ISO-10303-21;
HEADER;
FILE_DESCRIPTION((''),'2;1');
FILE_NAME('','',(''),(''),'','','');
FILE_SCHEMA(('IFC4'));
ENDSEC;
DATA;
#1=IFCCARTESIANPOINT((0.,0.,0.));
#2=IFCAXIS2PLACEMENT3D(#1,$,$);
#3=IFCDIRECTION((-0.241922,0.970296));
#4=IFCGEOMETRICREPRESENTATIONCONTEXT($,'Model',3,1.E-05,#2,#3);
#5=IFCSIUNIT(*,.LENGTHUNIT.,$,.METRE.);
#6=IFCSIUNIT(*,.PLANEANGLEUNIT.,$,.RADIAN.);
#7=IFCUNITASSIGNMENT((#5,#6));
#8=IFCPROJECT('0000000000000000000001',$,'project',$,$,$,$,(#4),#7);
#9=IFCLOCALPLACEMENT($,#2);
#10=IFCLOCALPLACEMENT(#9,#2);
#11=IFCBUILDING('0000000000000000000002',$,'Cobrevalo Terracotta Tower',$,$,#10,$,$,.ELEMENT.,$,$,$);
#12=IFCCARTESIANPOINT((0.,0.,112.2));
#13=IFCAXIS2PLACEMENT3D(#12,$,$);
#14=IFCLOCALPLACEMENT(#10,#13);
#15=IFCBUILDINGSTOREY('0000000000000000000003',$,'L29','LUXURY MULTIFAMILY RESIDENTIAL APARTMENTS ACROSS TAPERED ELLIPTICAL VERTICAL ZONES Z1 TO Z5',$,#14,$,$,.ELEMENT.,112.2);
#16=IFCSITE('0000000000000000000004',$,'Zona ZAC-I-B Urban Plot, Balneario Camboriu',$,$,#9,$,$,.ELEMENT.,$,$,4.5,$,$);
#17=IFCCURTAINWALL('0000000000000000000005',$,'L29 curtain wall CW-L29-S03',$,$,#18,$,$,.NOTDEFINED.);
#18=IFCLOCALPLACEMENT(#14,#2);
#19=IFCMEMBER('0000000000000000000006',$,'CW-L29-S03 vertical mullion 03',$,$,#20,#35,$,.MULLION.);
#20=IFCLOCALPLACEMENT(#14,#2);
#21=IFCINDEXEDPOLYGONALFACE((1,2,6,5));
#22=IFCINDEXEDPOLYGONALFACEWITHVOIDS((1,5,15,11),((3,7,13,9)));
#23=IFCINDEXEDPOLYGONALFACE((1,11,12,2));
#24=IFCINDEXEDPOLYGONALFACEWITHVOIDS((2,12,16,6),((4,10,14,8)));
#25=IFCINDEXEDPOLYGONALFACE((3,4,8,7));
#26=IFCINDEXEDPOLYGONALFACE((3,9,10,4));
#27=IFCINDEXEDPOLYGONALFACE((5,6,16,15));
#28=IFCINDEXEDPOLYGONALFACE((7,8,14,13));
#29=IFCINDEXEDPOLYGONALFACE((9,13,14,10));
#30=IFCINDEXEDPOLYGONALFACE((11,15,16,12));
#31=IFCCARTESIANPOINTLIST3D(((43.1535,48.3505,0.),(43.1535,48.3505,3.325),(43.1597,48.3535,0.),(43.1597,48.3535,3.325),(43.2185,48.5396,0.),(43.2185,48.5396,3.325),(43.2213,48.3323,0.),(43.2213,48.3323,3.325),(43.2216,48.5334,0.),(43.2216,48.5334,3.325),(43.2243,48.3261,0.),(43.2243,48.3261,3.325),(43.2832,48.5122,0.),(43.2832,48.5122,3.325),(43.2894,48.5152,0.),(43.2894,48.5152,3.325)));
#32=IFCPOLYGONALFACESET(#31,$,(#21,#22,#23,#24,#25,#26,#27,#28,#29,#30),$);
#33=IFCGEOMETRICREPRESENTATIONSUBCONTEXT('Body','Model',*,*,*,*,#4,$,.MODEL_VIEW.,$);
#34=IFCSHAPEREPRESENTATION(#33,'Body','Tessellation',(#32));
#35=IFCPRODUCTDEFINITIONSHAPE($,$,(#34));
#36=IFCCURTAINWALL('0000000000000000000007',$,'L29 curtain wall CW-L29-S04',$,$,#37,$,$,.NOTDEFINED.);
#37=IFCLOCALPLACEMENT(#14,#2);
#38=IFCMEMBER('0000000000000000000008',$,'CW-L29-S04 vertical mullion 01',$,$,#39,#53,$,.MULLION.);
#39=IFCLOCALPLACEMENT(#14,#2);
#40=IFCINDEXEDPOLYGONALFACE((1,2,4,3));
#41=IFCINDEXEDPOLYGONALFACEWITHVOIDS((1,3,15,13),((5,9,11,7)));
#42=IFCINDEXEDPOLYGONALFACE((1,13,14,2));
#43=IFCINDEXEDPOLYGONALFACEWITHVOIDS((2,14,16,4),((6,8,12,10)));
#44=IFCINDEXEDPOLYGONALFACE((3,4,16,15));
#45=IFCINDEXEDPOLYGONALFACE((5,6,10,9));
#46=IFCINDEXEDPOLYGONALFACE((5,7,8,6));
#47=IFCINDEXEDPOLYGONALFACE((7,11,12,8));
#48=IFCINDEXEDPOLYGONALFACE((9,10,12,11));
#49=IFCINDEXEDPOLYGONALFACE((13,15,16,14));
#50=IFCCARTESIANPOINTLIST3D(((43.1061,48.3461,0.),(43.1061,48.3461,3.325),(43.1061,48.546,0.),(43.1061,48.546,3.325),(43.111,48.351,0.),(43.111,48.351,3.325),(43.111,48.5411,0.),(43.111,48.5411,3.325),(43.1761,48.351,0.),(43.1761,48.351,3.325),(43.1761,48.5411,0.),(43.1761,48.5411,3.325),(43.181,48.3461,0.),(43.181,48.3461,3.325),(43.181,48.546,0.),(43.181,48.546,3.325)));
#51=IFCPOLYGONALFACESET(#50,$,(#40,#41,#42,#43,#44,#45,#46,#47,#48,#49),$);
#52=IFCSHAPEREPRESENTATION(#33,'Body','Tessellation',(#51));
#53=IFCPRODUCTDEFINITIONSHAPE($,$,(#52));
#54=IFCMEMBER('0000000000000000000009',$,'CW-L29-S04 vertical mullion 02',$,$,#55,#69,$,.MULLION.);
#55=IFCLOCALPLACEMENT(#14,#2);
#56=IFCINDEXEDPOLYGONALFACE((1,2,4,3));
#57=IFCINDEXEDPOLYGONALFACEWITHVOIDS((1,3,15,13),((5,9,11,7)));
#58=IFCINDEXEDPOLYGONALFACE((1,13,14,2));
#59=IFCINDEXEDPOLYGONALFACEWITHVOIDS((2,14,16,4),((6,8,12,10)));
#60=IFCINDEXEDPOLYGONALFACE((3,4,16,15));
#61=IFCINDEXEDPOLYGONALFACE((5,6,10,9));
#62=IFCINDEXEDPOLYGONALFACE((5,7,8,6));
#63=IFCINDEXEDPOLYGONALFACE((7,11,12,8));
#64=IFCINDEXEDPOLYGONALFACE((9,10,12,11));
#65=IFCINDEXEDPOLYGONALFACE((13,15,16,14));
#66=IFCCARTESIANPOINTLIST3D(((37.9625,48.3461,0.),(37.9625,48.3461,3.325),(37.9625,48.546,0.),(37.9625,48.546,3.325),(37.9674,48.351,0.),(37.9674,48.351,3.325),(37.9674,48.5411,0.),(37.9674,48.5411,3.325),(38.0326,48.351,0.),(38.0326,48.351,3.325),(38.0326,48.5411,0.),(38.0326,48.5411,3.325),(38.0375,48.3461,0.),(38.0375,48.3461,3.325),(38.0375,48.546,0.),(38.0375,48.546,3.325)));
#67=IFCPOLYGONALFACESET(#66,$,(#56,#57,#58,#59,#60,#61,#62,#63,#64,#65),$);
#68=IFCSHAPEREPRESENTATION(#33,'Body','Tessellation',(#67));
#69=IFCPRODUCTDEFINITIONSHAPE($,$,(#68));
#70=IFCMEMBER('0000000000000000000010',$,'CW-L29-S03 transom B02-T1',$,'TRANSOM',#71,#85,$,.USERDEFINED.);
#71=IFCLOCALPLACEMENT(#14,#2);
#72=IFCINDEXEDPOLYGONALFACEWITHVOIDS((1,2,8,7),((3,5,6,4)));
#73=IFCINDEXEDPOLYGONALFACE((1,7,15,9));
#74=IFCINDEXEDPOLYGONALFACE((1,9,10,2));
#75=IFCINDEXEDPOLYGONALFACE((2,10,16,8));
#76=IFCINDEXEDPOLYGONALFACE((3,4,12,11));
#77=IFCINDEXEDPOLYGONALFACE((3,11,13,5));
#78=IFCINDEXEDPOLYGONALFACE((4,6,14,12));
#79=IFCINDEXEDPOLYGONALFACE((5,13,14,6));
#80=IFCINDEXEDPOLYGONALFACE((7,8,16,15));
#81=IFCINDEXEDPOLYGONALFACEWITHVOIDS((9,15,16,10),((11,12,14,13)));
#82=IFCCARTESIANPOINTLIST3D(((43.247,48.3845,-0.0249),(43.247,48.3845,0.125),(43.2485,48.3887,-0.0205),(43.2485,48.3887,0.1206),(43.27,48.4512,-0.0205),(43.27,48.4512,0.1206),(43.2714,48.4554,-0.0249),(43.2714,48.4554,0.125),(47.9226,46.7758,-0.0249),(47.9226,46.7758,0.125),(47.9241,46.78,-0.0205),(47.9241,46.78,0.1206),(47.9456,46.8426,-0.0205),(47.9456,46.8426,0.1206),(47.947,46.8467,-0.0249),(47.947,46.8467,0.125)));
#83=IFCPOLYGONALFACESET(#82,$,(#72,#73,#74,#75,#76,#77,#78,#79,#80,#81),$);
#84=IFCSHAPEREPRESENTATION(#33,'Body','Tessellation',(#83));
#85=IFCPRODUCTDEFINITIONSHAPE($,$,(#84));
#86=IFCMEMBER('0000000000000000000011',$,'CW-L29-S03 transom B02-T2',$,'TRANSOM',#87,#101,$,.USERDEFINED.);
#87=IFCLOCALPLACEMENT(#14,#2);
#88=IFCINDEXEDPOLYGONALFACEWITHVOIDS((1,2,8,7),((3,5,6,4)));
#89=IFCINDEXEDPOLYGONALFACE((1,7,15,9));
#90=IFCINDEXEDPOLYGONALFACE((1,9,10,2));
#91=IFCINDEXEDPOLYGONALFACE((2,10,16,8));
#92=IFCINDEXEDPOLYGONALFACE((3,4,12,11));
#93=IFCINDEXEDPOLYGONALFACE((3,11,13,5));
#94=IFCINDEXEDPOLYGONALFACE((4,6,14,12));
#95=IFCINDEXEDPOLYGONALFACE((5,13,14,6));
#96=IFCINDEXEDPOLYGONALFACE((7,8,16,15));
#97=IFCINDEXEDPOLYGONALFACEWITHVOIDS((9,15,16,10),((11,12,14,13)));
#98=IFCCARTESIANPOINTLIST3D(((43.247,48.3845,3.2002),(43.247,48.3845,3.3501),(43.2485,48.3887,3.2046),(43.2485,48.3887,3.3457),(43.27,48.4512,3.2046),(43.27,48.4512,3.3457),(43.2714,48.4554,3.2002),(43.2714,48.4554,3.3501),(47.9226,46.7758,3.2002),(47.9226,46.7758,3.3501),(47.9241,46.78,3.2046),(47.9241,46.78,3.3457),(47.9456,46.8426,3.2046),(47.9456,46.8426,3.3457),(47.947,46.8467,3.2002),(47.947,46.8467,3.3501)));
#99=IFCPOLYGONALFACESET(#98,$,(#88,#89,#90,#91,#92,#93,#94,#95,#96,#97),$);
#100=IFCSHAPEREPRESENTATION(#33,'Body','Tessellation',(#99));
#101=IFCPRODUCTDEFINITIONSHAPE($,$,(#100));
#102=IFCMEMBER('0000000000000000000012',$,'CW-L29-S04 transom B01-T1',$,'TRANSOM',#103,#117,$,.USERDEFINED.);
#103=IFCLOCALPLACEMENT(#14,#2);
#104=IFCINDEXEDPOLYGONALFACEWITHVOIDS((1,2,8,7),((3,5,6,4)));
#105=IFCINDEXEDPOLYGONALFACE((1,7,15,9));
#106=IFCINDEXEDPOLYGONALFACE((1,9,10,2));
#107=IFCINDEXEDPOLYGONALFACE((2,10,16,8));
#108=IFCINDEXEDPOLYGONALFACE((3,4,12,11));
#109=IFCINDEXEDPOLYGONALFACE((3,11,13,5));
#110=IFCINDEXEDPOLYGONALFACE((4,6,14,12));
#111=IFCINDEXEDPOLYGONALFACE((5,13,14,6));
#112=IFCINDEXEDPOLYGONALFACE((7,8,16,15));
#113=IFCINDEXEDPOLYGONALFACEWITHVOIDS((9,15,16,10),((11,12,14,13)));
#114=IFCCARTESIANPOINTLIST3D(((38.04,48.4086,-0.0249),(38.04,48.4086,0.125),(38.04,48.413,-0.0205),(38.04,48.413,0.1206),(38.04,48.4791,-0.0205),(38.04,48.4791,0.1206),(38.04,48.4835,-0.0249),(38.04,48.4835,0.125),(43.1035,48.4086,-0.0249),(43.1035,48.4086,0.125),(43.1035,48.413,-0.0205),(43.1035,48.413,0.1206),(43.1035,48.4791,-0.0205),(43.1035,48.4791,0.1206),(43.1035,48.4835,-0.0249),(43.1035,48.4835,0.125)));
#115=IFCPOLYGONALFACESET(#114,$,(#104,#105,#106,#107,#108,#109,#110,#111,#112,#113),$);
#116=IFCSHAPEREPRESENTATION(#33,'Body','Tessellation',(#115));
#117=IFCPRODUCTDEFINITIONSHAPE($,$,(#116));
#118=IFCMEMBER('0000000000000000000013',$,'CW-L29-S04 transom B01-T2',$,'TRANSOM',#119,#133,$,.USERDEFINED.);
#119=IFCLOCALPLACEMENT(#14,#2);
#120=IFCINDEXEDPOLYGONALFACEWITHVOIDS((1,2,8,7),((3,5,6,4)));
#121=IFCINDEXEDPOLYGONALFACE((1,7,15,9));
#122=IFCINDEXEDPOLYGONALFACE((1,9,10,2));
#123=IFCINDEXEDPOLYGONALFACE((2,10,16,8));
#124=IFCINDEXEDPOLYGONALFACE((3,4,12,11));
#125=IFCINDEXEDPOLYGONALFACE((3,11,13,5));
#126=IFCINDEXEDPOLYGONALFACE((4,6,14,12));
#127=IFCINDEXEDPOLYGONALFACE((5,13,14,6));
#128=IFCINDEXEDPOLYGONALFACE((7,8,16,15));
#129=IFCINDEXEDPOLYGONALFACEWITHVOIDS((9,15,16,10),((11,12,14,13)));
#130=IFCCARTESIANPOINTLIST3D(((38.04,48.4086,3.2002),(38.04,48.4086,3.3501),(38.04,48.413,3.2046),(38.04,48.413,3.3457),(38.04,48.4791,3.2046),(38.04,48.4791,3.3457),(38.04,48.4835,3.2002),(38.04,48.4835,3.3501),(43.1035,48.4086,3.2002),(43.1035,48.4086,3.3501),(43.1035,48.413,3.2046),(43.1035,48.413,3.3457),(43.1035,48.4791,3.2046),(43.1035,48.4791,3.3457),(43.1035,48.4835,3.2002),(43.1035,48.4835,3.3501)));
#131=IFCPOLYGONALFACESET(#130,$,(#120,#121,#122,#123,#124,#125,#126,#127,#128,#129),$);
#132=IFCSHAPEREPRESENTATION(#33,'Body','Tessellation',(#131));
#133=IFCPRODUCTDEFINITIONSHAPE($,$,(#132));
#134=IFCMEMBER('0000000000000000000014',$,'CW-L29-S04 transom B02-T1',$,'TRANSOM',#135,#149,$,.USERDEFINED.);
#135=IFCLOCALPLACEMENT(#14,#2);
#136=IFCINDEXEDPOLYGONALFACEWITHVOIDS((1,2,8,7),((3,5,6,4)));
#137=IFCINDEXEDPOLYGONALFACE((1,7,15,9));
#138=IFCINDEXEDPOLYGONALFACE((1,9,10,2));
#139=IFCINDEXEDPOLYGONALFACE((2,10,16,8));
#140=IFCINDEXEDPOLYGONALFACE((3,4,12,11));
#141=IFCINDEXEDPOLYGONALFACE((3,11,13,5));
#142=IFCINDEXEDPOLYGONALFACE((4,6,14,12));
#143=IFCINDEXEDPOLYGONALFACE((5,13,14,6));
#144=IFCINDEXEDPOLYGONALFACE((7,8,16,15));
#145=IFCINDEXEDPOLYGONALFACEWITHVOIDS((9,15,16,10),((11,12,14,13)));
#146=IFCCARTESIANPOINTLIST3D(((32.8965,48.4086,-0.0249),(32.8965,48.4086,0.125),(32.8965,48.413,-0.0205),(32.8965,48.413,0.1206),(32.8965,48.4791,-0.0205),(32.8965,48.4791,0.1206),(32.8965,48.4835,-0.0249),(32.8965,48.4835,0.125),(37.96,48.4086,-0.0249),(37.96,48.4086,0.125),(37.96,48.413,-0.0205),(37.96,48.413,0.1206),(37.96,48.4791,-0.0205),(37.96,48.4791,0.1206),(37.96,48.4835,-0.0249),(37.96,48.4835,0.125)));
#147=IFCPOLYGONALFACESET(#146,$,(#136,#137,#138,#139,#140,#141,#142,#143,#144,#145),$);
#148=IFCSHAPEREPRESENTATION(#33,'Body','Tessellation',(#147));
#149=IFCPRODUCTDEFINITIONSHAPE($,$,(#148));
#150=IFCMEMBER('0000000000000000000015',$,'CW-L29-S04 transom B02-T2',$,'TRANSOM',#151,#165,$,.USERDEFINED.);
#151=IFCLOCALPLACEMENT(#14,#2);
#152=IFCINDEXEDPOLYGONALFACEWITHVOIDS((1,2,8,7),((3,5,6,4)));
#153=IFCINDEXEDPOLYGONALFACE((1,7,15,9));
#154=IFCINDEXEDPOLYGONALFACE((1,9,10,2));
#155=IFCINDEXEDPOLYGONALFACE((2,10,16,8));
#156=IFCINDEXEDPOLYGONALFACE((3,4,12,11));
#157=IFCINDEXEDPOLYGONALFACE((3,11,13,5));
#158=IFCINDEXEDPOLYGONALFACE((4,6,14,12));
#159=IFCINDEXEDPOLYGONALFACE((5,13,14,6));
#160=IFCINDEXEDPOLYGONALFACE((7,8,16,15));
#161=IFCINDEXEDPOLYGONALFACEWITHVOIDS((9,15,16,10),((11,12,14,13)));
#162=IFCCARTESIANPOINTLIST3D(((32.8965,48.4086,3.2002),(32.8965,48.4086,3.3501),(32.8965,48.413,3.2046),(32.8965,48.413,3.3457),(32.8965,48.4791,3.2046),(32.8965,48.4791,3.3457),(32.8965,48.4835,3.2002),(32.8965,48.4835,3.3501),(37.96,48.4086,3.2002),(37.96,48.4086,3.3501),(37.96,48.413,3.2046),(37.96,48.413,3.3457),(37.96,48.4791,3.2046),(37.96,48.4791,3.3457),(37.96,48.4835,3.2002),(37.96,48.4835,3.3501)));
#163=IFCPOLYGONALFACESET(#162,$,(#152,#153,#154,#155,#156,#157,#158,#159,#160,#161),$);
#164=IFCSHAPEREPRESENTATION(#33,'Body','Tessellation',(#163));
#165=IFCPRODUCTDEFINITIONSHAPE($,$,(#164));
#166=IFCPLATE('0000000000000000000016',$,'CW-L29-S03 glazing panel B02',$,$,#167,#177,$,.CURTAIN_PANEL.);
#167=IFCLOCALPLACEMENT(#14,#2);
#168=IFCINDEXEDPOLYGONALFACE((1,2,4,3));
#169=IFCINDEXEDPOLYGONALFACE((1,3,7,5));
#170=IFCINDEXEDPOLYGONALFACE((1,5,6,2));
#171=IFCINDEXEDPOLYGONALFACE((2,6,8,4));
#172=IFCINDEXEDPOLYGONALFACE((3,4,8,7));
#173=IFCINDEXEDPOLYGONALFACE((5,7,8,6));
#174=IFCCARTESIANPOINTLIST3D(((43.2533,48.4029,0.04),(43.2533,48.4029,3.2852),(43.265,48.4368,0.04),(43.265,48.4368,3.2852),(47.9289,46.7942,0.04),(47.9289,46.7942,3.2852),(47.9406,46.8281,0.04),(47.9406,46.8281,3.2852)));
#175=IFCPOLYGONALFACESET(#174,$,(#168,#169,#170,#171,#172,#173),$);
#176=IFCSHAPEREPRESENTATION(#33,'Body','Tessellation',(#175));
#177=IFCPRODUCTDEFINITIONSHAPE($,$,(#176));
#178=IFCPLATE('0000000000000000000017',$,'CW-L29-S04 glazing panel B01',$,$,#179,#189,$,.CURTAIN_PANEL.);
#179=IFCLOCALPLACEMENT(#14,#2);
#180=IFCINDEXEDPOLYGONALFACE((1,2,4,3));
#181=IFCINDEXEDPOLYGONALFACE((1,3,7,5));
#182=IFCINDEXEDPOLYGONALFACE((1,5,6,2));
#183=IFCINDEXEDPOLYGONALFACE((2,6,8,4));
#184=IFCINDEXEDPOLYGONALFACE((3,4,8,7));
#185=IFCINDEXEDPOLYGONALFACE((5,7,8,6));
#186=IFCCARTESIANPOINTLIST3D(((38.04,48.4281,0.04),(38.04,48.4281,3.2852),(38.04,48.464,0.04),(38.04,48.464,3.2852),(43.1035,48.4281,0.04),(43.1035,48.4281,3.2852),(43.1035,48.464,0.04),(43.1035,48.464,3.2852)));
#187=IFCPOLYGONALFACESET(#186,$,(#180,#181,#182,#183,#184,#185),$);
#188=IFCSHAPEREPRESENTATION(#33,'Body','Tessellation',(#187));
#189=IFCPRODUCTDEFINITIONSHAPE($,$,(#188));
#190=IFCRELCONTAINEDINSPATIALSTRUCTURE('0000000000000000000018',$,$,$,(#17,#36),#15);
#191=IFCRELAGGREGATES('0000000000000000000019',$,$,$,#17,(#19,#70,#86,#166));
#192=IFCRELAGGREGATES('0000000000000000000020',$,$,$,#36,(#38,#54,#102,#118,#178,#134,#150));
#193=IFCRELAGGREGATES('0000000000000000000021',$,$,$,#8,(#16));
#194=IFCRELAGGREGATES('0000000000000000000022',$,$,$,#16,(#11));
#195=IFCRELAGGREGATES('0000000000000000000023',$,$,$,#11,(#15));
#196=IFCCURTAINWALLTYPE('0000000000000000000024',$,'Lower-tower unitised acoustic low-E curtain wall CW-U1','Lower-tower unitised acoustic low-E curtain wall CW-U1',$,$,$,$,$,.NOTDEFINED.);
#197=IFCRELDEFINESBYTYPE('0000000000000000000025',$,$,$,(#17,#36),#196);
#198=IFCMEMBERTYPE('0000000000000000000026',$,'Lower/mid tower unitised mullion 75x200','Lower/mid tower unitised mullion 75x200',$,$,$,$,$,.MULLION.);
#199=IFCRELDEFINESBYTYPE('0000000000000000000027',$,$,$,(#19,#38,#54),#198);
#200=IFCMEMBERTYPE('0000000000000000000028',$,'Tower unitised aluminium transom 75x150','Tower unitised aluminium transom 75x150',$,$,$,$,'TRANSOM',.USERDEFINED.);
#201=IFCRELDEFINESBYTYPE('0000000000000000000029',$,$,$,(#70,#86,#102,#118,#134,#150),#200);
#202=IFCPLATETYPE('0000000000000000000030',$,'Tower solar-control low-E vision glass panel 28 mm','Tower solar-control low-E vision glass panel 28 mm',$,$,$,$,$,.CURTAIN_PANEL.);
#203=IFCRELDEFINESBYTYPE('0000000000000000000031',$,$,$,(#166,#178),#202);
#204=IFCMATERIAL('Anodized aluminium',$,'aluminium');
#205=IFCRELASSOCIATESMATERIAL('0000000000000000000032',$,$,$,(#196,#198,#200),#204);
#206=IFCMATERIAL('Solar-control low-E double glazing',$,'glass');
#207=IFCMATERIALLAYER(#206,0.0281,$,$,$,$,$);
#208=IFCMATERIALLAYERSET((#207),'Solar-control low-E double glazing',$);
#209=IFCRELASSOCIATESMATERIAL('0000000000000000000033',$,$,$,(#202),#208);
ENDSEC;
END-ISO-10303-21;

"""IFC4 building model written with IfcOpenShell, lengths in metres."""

from ifc_helpers import new_model, si_unit, direction, frame, origin, origin_2d, place, context, subcontext, project, spatial, rectangle, hollow_rectangle, extrude, source, transform, mapped, material, layer, layer_set, material_profile, profile_set, type_object, element, aggregate, save


model = new_model("IFC4")

# Units and contexts
model_context = context("Model", 3, precision=1e-05, world=origin(), true_north=direction((-0.241922, 0.970296)))
body_context = subcontext(model_context, "Body", "Model", "MODEL_VIEW")
ifc_project = project(units=[si_unit("LENGTHUNIT", "METRE"), si_unit("PLANEANGLEUNIT", "RADIAN")], contexts=[model_context])

# Site, building, storey
site_placement = place(None, origin())
site = spatial("IfcSite", under=ifc_project, at=site_placement, Name="Zona ZAC-I-B Urban Plot, Balneario Camboriu", CompositionType="ELEMENT", RefElevation=4.5)
building_placement = place(site_placement, origin())
building = spatial("IfcBuilding", under=site, at=building_placement, Name="Cobrevalo Terracotta Tower", CompositionType="ELEMENT")
storey_placement = place(building_placement, frame((0.0, 0.0, 112.2)))
storey = spatial("IfcBuildingStorey", under=building, at=storey_placement, Name="L29", Description="LUXURY MULTIFAMILY RESIDENTIAL APARTMENTS ACROSS TAPERED ELLIPTICAL VERTICAL ZONES Z1 TO Z5", CompositionType="ELEMENT", Elevation=112.2)

# Curtain wall, member
ifc_material_1 = material(Name="Anodized aluminium", Category="aluminium")
curtain_wall_type = type_object("IfcCurtainWallType", Name="Lower-tower unitised acoustic low-E curtain wall CW-U1", Description="Lower-tower unitised acoustic low-E curtain wall CW-U1", PredefinedType="NOTDEFINED", material=ifc_material_1)
curtain_wall_1_placement = place(storey_placement, origin())
curtain_wall_1 = element("IfcCurtainWall", 1, at=curtain_wall_1_placement, inside=storey, type_object=curtain_wall_type, Name="L29 curtain wall CW-L29-S03", PredefinedType="NOTDEFINED")
ifc_material_profile_1 = material_profile(ifc_material_1, hollow_rectangle(XDim=0.075, YDim=0.2, WallThickness=0.0049, at=origin_2d()), Name="CWM 75x200")
ifc_profile_set_1 = profile_set([ifc_material_profile_1], Name="Anodized aluminium")
member_type_1 = type_object("IfcMemberType", Name="Lower/mid tower unitised mullion 75x200", Description="Lower/mid tower unitised mullion 75x200", PredefinedType="MULLION", material=ifc_profile_set_1)
shared_shape_1 = source(origin(), body_context, "Body", "SweptSolid", [
    extrude(hollow_rectangle(XDim=0.075, YDim=0.2, WallThickness=0.0049, at=origin_2d()), origin(), (0.0, 0.0, 1.0), 3.325),
])
member_1_placement = place(storey_placement, frame((43.2214, 48.4329, 0.0), z_axis=(0.0, 0.0, 1.0), x_axis=(-0.945598, 0.325337, 0.0)))
member_1 = element("IfcMember", 2, at=member_1_placement, type_object=member_type_1, Name="CW-L29-S03 vertical mullion 03", PredefinedType="MULLION", context=body_context, shape_type="MappedRepresentation", body=[
    mapped(shared_shape_1, transform((0.0, 0.0, 0.0), scale=1.0)),
])

# Curtain wall, members
curtain_wall_2_placement = place(storey_placement, origin())
curtain_wall_2 = element("IfcCurtainWall", 3, at=curtain_wall_2_placement, inside=storey, type_object=curtain_wall_type, Name="L29 curtain wall CW-L29-S04", PredefinedType="NOTDEFINED")
member_2_placement = place(storey_placement, frame((43.1436, 48.446, 0.0), z_axis=(0.0, 0.0, 1.0), x_axis=(-1.0, 0.0, 0.0)))
member_2 = element("IfcMember", 4, at=member_2_placement, type_object=member_type_1, Name="CW-L29-S04 vertical mullion 01", PredefinedType="MULLION", context=body_context, shape_type="MappedRepresentation", body=[
    mapped(shared_shape_1, transform((0.0, 0.0, 0.0), scale=1.0)),
])
member_3_placement = place(storey_placement, frame((38.0, 48.446, 0.0), z_axis=(0.0, 0.0, 1.0), x_axis=(-1.0, 0.0, 0.0)))
member_3 = element("IfcMember", 5, at=member_3_placement, type_object=member_type_1, Name="CW-L29-S04 vertical mullion 02", PredefinedType="MULLION", context=body_context, shape_type="MappedRepresentation", body=[
    mapped(shared_shape_1, transform((0.0, 0.0, 0.0), scale=1.0)),
])

# Members
ifc_material_profile_2 = material_profile(ifc_material_1, hollow_rectangle(XDim=0.075, YDim=0.1499, WallThickness=0.0044, at=origin_2d()), Name="CWT 75x150")
ifc_profile_set_2 = profile_set([ifc_material_profile_2], Name="Anodized aluminium")
member_type_2 = type_object("IfcMemberType", Name="Tower unitised aluminium transom 75x150", Description="Tower unitised aluminium transom 75x150", ElementType="TRANSOM", PredefinedType="USERDEFINED", material=ifc_profile_set_2)
shared_shape_2 = source(origin(), body_context, "Body", "SweptSolid", [
    extrude(hollow_rectangle(XDim=0.075, YDim=0.1499, WallThickness=0.0044, at=origin_2d()), origin(), (0.0, 0.0, 1.0), 4.9446),
])
member_4_placement = place(storey_placement, frame((47.9348, 46.8113, 0.05), z_axis=(-0.945598, 0.325338, 0.0), x_axis=(-0.325338, -0.945598, 0.0)))
member_4 = element("IfcMember", 6, at=member_4_placement, type_object=member_type_2, Name="CW-L29-S03 transom B02-T1", ObjectType="TRANSOM", PredefinedType="USERDEFINED", context=body_context, shape_type="MappedRepresentation", body=[
    mapped(shared_shape_2, transform((0.0, 0.0, 0.0), scale=1.0)),
])
member_5_placement = place(storey_placement, frame((47.9348, 46.8113, 3.2751), z_axis=(-0.945598, 0.325338, 0.0), x_axis=(-0.325338, -0.945598, 0.0)))
member_5 = element("IfcMember", 7, at=member_5_placement, type_object=member_type_2, Name="CW-L29-S03 transom B02-T2", ObjectType="TRANSOM", PredefinedType="USERDEFINED", context=body_context, shape_type="MappedRepresentation", body=[
    mapped(shared_shape_2, transform((0.0, 0.0, 0.0), scale=1.0)),
])
shared_shape_3 = source(origin(), body_context, "Body", "SweptSolid", [
    extrude(hollow_rectangle(XDim=0.075, YDim=0.1499, WallThickness=0.0044, at=origin_2d()), origin(), (0.0, 0.0, 1.0), 5.0635),
])
member_6_placement = place(storey_placement, frame((43.1035, 48.446, 0.05), z_axis=(-1.0, 0.0, 0.0), x_axis=(0.0, -1.0, 0.0)))
member_6 = element("IfcMember", 8, at=member_6_placement, type_object=member_type_2, Name="CW-L29-S04 transom B01-T1", ObjectType="TRANSOM", PredefinedType="USERDEFINED", context=body_context, shape_type="MappedRepresentation", body=[
    mapped(shared_shape_3, transform((0.0, 0.0, 0.0), scale=1.0)),
])
member_7_placement = place(storey_placement, frame((43.1035, 48.446, 3.2751), z_axis=(-1.0, 0.0, 0.0), x_axis=(0.0, -1.0, 0.0)))
member_7 = element("IfcMember", 9, at=member_7_placement, type_object=member_type_2, Name="CW-L29-S04 transom B01-T2", ObjectType="TRANSOM", PredefinedType="USERDEFINED", context=body_context, shape_type="MappedRepresentation", body=[
    mapped(shared_shape_3, transform((0.0, 0.0, 0.0), scale=1.0)),
])
member_8_placement = place(storey_placement, frame((37.96, 48.446, 0.05), z_axis=(-1.0, 0.0, 0.0), x_axis=(0.0, -1.0, 0.0)))
member_8 = element("IfcMember", 10, at=member_8_placement, type_object=member_type_2, Name="CW-L29-S04 transom B02-T1", ObjectType="TRANSOM", PredefinedType="USERDEFINED", context=body_context, shape_type="MappedRepresentation", body=[
    mapped(shared_shape_3, transform((0.0, 0.0, 0.0), scale=1.0)),
])
member_9_placement = place(storey_placement, frame((37.96, 48.446, 3.2751), z_axis=(-1.0, 0.0, 0.0), x_axis=(0.0, -1.0, 0.0)))
member_9 = element("IfcMember", 11, at=member_9_placement, type_object=member_type_2, Name="CW-L29-S04 transom B02-T2", ObjectType="TRANSOM", PredefinedType="USERDEFINED", context=body_context, shape_type="MappedRepresentation", body=[
    mapped(shared_shape_3, transform((0.0, 0.0, 0.0), scale=1.0)),
])

# Plates
ifc_material_2 = material(Name="Solar-control low-E double glazing", Category="glass")
ifc_layer_1 = layer(ifc_material_2, 0.0281)
ifc_layer_set_1 = layer_set([ifc_layer_1], Name="Solar-control low-E double glazing")
plate_type = type_object("IfcPlateType", Name="Tower solar-control low-E vision glass panel 28 mm", Description="Tower solar-control low-E vision glass panel 28 mm", PredefinedType="CURTAIN_PANEL", material=ifc_layer_set_1)
shared_shape_4 = source(origin(), body_context, "Body", "SweptSolid", [
    extrude(rectangle(XDim=4.9446, YDim=0.0359, at=origin_2d()), origin(), (0.0, 0.0, 1.0), 3.2451),
])
plate_1_placement = place(storey_placement, frame((45.5969, 47.6155, 0.04), z_axis=(0.0, 0.0, 1.0), x_axis=(-0.945596, 0.325342, 0.0)))
plate_1 = element("IfcPlate", 12, at=plate_1_placement, type_object=plate_type, Name="CW-L29-S03 glazing panel B02", PredefinedType="CURTAIN_PANEL", context=body_context, shape_type="MappedRepresentation", body=[
    mapped(shared_shape_4, transform((0.0, 0.0, 0.0), scale=1.0)),
])
aggregate(curtain_wall_1, [member_1, member_4, member_5, plate_1])
shared_shape_5 = source(origin(), body_context, "Body", "SweptSolid", [
    extrude(rectangle(XDim=5.0635, YDim=0.0359, at=origin_2d()), origin(), (0.0, 0.0, 1.0), 3.2451),
])
plate_2_placement = place(storey_placement, frame((40.5718, 48.446, 0.04), z_axis=(0.0, 0.0, 1.0), x_axis=(-1.0, 0.0, 0.0)))
plate_2 = element("IfcPlate", 13, at=plate_2_placement, type_object=plate_type, Name="CW-L29-S04 glazing panel B01", PredefinedType="CURTAIN_PANEL", context=body_context, shape_type="MappedRepresentation", body=[
    mapped(shared_shape_5, transform((0.0, 0.0, 0.0), scale=1.0)),
])
aggregate(curtain_wall_2, [member_2, member_3, member_6, member_7, plate_2, member_8, member_9])

save(model, "model.ifc")
